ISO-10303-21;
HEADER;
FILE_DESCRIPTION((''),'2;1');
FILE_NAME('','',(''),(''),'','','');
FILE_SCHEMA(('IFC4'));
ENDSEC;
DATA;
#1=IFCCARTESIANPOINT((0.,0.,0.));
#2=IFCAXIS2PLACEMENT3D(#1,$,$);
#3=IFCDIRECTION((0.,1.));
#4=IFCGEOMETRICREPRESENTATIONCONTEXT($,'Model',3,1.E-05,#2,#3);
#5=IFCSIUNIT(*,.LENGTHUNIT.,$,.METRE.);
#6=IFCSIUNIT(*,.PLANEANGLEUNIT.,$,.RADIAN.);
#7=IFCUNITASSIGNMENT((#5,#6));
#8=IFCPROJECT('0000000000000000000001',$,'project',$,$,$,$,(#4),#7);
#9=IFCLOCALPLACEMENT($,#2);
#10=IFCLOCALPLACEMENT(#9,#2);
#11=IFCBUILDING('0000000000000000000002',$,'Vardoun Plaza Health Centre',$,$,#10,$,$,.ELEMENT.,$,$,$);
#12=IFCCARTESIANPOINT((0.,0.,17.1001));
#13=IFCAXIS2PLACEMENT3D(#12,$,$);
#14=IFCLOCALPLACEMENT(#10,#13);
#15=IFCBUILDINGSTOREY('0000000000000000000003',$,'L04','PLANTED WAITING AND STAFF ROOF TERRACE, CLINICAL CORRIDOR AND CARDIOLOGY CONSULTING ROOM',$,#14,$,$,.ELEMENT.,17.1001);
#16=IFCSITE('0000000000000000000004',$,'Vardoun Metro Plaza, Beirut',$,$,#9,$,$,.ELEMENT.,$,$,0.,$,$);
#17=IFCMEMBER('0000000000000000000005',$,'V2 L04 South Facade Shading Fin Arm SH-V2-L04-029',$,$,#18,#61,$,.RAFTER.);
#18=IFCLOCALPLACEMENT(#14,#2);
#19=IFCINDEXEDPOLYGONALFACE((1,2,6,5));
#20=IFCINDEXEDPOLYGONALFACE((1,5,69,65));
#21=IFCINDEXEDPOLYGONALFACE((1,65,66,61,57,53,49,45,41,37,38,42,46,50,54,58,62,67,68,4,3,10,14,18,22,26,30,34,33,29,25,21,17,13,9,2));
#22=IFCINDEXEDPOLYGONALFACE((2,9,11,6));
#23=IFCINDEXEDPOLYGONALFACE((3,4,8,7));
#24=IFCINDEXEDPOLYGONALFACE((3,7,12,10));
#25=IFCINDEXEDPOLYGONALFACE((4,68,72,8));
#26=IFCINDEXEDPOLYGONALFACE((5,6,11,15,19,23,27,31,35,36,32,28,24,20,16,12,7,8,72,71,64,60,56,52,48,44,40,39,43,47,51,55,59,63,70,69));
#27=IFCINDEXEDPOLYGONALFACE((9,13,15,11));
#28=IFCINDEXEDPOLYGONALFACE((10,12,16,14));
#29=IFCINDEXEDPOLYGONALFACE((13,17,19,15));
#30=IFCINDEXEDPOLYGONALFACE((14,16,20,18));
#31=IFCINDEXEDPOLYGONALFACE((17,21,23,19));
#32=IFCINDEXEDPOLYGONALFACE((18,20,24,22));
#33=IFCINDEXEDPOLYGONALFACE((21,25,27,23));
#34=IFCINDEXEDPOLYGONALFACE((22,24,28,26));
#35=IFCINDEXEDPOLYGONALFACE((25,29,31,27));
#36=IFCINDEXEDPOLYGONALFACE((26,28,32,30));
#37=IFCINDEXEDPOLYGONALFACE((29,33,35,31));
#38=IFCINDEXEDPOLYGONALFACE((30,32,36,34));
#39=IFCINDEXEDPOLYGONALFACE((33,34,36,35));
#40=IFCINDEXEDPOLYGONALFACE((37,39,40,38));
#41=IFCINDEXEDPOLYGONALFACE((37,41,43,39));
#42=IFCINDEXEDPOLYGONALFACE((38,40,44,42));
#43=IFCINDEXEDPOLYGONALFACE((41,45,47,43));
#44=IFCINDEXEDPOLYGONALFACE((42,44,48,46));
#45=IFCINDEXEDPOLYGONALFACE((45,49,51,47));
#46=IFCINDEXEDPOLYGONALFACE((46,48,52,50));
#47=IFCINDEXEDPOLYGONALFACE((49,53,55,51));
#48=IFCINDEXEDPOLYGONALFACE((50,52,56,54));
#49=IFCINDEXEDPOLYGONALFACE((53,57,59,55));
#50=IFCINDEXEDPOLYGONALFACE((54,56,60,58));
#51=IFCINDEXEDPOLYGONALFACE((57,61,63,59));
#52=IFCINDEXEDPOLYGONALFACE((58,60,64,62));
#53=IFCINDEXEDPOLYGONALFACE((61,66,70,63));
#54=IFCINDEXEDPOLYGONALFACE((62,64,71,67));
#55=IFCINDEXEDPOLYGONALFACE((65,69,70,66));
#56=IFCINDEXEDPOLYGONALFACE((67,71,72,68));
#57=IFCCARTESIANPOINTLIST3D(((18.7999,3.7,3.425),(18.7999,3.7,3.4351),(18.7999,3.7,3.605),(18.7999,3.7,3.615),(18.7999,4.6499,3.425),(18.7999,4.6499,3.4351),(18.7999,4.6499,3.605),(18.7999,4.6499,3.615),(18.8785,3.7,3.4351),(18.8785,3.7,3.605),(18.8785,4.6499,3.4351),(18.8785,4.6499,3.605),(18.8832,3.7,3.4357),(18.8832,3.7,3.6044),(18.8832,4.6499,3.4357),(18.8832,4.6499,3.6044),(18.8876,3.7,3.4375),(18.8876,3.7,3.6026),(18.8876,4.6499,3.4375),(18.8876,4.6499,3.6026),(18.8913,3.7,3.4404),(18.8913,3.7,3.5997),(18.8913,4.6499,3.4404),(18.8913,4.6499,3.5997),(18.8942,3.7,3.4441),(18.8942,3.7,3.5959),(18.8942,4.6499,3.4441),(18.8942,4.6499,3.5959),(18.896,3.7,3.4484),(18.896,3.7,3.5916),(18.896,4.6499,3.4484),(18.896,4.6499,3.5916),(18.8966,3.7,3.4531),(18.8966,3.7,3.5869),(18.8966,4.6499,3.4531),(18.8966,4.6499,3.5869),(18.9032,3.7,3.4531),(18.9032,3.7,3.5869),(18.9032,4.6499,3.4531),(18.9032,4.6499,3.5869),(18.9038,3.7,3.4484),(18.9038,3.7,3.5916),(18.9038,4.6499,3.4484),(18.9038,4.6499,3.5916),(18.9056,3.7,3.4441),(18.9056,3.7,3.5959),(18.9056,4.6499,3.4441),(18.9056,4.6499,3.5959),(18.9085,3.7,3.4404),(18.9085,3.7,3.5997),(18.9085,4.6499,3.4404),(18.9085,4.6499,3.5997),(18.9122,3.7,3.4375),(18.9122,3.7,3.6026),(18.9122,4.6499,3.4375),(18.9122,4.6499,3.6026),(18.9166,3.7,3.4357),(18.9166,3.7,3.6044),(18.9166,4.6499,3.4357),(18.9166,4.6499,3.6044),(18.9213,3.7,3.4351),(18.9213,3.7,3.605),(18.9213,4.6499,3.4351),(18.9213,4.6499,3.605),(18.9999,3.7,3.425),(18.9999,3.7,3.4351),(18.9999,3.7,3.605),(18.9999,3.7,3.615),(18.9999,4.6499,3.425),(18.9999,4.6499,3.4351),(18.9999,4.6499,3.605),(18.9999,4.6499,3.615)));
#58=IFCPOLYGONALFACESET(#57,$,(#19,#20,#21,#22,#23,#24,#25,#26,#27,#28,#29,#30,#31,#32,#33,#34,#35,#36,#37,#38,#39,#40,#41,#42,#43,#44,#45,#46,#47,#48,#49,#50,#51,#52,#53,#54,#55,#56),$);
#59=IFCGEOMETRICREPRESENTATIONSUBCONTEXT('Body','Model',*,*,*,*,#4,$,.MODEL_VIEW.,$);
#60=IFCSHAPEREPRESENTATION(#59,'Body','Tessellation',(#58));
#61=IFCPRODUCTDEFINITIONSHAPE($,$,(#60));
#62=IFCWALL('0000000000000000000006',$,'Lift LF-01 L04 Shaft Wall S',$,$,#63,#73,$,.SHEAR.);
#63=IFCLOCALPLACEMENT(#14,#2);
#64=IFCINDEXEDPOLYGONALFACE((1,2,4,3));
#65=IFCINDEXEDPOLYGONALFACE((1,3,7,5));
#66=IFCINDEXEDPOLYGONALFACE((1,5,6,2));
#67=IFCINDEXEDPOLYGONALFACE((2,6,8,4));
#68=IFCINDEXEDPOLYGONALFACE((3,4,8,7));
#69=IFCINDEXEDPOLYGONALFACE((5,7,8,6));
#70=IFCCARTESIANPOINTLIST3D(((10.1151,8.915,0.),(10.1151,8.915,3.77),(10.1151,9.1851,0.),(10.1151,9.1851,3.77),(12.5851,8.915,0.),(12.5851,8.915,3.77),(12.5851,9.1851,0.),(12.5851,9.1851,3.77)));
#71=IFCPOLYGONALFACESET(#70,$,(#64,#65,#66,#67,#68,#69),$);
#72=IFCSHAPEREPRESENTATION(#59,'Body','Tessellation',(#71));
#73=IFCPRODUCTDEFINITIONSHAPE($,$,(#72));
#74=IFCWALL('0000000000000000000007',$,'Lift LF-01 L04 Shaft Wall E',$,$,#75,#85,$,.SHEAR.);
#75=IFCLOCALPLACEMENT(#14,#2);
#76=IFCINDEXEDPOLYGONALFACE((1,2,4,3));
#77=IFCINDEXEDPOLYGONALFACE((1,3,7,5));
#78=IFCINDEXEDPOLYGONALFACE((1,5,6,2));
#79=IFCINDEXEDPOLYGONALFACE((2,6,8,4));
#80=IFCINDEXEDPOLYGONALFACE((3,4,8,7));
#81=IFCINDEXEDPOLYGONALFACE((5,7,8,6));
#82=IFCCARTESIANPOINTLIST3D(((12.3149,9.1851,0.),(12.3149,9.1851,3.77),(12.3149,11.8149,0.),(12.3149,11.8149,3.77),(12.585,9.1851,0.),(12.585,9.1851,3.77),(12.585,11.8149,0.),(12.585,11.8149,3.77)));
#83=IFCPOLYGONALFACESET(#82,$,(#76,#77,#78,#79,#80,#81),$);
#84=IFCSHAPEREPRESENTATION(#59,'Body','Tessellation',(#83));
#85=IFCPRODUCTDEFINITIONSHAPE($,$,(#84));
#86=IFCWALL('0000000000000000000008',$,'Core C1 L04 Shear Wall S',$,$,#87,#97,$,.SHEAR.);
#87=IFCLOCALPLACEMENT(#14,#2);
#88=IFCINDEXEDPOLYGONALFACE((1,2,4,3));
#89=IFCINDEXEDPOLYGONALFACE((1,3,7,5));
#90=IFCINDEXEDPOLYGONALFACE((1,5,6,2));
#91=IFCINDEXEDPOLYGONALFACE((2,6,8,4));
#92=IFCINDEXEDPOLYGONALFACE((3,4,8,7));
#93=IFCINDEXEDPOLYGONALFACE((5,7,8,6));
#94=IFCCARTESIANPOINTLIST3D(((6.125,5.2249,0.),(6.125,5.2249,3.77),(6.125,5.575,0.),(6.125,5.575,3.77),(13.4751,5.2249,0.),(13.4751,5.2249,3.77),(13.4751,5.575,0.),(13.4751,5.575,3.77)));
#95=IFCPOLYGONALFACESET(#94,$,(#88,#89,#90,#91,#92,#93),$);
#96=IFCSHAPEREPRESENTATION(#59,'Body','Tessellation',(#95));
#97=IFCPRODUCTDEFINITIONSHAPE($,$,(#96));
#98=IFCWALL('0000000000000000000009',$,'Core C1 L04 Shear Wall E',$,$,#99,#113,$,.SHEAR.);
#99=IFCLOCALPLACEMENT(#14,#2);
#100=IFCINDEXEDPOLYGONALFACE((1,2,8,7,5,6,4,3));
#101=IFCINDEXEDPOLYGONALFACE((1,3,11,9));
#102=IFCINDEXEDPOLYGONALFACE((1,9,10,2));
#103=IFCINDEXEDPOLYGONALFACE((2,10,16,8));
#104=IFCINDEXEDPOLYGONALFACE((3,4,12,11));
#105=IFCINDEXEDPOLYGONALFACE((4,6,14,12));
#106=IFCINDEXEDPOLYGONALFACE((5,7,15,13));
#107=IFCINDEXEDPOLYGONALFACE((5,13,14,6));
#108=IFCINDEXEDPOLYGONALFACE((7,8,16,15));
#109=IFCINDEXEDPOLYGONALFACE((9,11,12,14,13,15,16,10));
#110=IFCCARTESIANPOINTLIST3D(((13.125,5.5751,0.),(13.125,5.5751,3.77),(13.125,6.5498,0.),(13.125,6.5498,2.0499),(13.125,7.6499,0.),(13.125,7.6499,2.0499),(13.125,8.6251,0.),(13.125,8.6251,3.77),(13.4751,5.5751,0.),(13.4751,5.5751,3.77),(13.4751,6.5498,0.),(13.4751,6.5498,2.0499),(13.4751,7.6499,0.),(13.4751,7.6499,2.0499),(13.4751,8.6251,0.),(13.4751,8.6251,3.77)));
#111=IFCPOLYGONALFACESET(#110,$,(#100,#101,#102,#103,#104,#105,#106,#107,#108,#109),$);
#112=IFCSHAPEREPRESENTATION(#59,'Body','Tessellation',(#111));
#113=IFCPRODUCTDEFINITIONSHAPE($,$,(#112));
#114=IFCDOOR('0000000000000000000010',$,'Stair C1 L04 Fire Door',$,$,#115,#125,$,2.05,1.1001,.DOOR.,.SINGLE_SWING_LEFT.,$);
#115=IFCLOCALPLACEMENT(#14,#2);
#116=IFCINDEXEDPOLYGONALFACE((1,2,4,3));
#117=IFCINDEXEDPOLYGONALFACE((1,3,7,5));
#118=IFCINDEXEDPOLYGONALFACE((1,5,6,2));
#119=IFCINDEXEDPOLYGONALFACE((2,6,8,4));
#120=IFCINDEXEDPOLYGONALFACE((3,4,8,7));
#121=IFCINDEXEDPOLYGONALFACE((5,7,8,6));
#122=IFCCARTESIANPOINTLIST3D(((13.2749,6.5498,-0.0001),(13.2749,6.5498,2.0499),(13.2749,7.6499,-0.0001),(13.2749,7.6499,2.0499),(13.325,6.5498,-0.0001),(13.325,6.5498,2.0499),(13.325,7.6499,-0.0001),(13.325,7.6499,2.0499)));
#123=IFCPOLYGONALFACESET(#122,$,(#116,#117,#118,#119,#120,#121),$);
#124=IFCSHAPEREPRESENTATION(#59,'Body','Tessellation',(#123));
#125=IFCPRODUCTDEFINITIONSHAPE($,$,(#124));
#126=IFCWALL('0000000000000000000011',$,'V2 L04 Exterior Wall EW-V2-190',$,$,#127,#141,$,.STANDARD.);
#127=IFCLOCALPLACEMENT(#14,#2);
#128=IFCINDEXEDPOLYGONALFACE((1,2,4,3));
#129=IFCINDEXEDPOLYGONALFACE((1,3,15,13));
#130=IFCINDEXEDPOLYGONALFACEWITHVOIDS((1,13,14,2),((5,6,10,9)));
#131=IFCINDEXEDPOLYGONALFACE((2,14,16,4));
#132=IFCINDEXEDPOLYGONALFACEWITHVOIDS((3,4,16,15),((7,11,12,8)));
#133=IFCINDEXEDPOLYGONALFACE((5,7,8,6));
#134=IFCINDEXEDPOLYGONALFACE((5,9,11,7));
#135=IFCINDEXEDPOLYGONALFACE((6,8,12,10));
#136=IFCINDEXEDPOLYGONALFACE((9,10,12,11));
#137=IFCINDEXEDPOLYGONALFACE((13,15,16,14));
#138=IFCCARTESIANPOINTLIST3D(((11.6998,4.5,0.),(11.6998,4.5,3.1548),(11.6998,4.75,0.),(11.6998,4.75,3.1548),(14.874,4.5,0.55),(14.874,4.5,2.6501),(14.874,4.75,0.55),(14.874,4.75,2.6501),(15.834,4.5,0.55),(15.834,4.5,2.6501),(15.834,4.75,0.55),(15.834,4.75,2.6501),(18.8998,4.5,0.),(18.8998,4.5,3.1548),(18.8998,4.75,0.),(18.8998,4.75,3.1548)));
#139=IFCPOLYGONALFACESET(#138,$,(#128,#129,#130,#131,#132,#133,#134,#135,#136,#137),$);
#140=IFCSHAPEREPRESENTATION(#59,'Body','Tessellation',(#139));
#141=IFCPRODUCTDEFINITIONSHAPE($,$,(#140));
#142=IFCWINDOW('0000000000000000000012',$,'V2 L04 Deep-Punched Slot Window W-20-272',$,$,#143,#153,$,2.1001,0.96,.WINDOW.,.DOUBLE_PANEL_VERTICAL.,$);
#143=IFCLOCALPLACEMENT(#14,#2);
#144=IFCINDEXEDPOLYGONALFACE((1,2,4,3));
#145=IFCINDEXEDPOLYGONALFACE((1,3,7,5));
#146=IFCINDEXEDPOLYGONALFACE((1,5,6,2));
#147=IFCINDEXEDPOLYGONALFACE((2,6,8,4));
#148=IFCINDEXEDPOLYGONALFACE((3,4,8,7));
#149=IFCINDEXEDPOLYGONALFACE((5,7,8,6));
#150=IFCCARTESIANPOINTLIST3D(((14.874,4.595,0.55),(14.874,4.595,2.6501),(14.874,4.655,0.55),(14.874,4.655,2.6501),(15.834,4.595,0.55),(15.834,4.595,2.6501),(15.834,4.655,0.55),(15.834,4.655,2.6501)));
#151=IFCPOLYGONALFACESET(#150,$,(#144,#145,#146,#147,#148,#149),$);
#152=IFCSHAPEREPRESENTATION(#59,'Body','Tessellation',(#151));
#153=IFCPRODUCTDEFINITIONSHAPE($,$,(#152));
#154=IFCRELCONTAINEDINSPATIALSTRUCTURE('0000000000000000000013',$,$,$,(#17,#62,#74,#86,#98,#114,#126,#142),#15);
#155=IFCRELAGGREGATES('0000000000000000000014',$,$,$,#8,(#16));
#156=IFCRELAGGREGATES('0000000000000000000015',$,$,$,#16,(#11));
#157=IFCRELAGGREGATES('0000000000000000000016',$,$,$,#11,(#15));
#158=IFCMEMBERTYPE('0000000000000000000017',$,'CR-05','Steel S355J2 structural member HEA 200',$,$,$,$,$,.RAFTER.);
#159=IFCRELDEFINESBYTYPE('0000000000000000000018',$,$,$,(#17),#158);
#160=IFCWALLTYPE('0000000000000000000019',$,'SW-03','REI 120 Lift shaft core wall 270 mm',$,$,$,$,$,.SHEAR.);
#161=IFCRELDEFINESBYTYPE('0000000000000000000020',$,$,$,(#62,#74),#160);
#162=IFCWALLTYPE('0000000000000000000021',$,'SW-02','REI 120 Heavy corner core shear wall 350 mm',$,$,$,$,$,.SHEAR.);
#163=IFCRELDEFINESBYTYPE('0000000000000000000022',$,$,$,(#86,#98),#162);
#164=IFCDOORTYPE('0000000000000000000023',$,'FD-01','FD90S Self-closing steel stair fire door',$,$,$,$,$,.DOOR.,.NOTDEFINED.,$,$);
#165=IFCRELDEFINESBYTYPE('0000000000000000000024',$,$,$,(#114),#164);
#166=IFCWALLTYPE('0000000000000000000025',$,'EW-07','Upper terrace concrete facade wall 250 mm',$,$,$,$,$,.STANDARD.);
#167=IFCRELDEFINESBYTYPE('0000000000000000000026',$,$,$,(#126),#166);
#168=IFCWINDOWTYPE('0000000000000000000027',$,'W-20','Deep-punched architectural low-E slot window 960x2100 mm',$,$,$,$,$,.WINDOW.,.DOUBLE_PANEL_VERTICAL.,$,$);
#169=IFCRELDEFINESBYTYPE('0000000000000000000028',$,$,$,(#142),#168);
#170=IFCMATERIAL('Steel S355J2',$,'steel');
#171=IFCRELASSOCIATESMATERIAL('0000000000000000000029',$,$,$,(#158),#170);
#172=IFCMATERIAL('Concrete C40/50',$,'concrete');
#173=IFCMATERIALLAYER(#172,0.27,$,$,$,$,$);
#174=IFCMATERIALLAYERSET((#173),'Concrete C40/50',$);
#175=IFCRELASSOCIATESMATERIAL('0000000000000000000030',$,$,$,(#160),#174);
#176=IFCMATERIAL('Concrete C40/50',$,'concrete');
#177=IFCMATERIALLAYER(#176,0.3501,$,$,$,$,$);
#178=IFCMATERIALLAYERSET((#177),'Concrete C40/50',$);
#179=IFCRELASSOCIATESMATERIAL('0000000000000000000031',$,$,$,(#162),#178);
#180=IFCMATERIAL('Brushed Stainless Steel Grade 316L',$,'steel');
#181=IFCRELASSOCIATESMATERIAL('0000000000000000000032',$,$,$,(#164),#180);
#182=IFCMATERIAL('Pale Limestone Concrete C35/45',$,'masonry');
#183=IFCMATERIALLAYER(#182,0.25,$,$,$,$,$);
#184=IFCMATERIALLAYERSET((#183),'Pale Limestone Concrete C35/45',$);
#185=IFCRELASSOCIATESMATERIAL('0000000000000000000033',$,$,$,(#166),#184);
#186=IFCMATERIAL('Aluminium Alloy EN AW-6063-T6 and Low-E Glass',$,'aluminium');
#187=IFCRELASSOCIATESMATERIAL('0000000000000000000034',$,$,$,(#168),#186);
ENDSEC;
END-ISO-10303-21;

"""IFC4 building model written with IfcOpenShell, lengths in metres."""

from ifc_helpers import new_model, si_unit, direction, frame, frame_2d, origin, origin_2d, place, context, subcontext, project, spatial, rectangle, i_section, extrude, material, layer, layer_set, material_profile, profile_set, type_object, element, fill, save


model = new_model("IFC4")

# Units and contexts
model_context = context("Model", 3, precision=1e-05, world=origin(), true_north=direction((0.0, 1.0)))
body_context = subcontext(model_context, "Body", "Model", "MODEL_VIEW")
ifc_project = project(units=[si_unit("LENGTHUNIT", "METRE"), si_unit("PLANEANGLEUNIT", "RADIAN")], contexts=[model_context])

# Site, building, storey
site_placement = place(None, origin())
site = spatial("IfcSite", under=ifc_project, at=site_placement, Name="Vardoun Metro Plaza, Beirut", CompositionType="ELEMENT", RefElevation=0.0)
building_placement = place(site_placement, origin())
building = spatial("IfcBuilding", under=site, at=building_placement, Name="Vardoun Plaza Health Centre", CompositionType="ELEMENT")
storey_placement = place(building_placement, frame((0.0, 0.0, 17.1001)))
storey = spatial("IfcBuildingStorey", under=building, at=storey_placement, Name="L04", Description="PLANTED WAITING AND STAFF ROOF TERRACE, CLINICAL CORRIDOR AND CARDIOLOGY CONSULTING ROOM", CompositionType="ELEMENT", Elevation=17.1001)

# Member
ifc_material_1 = material(Name="Steel S355J2", Category="steel")
ifc_material_profile_1 = material_profile(ifc_material_1, i_section(OverallWidth=0.2, OverallDepth=0.1899, WebThickness=0.0066, FlangeThickness=0.01, FilletRadius=0.0181, at=origin_2d()), Name="HEA 200")
ifc_profile_set_1 = profile_set([ifc_material_profile_1], Name="Steel S355J2")
member_type = type_object("IfcMemberType", Name="CR-05", Description="Steel S355J2 structural member HEA 200", PredefinedType="RAFTER", material=ifc_profile_set_1)
member_placement = place(storey_placement, frame((18.8999, 4.6499, 3.52), z_axis=(0.0, -1.0, 0.0), x_axis=(1.0, 0.0, 0.0)))
element("IfcMember", 1, at=member_placement, inside=storey, type_object=member_type, Name="V2 L04 South Facade Shading Fin Arm SH-V2-L04-029", PredefinedType="RAFTER", context=body_context, shape_type="SweptSolid", body=[
    extrude(i_section(OverallWidth=0.2, OverallDepth=0.1899, WebThickness=0.0066, FlangeThickness=0.01, FilletRadius=0.0181, at=origin_2d()), origin(), (0.0, 0.0, 1.0), 0.95),
])

# Walls
ifc_material_2 = material(Name="Concrete C40/50", Category="concrete")
ifc_layer_1 = layer(ifc_material_2, 0.27)
ifc_layer_set_1 = layer_set([ifc_layer_1], Name="Concrete C40/50")
wall_type_1 = type_object("IfcWallType", Name="SW-03", Description="REI 120 Lift shaft core wall 270 mm", PredefinedType="SHEAR", material=ifc_layer_set_1)
wall_1_placement = place(storey_placement, frame((12.585, 9.05, 0.0), z_axis=(0.0, 0.0, 1.0), x_axis=(-1.0, 0.0, 0.0)))
element("IfcWall", 2, at=wall_1_placement, inside=storey, type_object=wall_type_1, Name="Lift LF-01 L04 Shaft Wall S", PredefinedType="SHEAR", context=body_context, shape_type="SweptSolid", body=[
    extrude(rectangle(XDim=2.47, YDim=0.27, at=frame_2d((1.2349, 0.0))), origin(), (0.0, 0.0, 1.0), 3.77),
])
wall_2_placement = place(storey_placement, frame((12.45, 11.8149, 0.0), z_axis=(0.0, 0.0, 1.0), x_axis=(0.0, -1.0, 0.0)))
element("IfcWall", 3, at=wall_2_placement, inside=storey, type_object=wall_type_1, Name="Lift LF-01 L04 Shaft Wall E", PredefinedType="SHEAR", context=body_context, shape_type="SweptSolid", body=[
    extrude(rectangle(XDim=2.6299, YDim=0.27, at=frame_2d((1.3149, 0.0))), origin(), (0.0, 0.0, 1.0), 3.77),
])
ifc_material_3 = material(Name="Concrete C40/50", Category="concrete")
ifc_layer_2 = layer(ifc_material_3, 0.3501)
ifc_layer_set_2 = layer_set([ifc_layer_2], Name="Concrete C40/50")
wall_type_2 = type_object("IfcWallType", Name="SW-02", Description="REI 120 Heavy corner core shear wall 350 mm", PredefinedType="SHEAR", material=ifc_layer_set_2)
wall_3_placement = place(storey_placement, frame((13.4751, 5.3999, 0.0), z_axis=(0.0, 0.0, 1.0), x_axis=(-1.0, 0.0, 0.0)))
element("IfcWall", 4, at=wall_3_placement, inside=storey, type_object=wall_type_2, Name="Core C1 L04 Shear Wall S", PredefinedType="SHEAR", context=body_context, shape_type="SweptSolid", body=[
    extrude(rectangle(XDim=7.3501, YDim=0.3501, at=frame_2d((3.675, 0.0))), origin(), (0.0, 0.0, 1.0), 3.77),
])

# Wall, opening, door
wall_4_placement = place(storey_placement, frame((13.3, 8.625, 0.0), z_axis=(0.0, 0.0, 1.0), x_axis=(0.0, -1.0, 0.0)))
wall_4 = element("IfcWall", 5, at=wall_4_placement, inside=storey, type_object=wall_type_2, Name="Core C1 L04 Shear Wall E", PredefinedType="SHEAR", context=body_context, shape_type="SweptSolid", body=[
    extrude(rectangle(XDim=3.05, YDim=0.3501, at=frame_2d((1.5249, 0.0))), origin(), (0.0, 0.0, 1.0), 3.77),
])
opening_1_placement = place(wall_4_placement, frame((0.9751, 0.0, 0.0)))
opening_1 = element("IfcOpeningElement", 6, at=opening_1_placement, cuts=wall_4, PredefinedType="OPENING", context=body_context, shape_type="SweptSolid", body=[
    extrude(rectangle(XDim=1.1001, YDim=2.05, at=frame_2d((0.55, 1.0249))), frame((0.0, 0.175, 0.0), z_axis=(0.0, -1.0, 0.0), x_axis=(1.0, 0.0, 0.0)), (0.0, 0.0, 1.0), 0.3501),
])
ifc_material_4 = material(Name="Brushed Stainless Steel Grade 316L", Category="steel")
door_type_1 = type_object("IfcDoorType", Name="FD-01", Description="FD90S Self-closing steel stair fire door", OperationType="NOTDEFINED", PredefinedType="DOOR", material=ifc_material_4)
door_1_placement = place(opening_1_placement, origin())
door_1 = element("IfcDoor", 7, at=door_1_placement, inside=storey, type_object=door_type_1, Name="Stair C1 L04 Fire Door", OperationType="SINGLE_SWING_LEFT", OverallHeight=2.05, OverallWidth=1.1001, PredefinedType="DOOR", context=body_context, shape_type="SweptSolid", body=[
    extrude(rectangle(XDim=1.1001, YDim=2.05, at=frame_2d((0.55, 1.0249))), frame((0.0, 0.0249, 0.0), z_axis=(0.0, -1.0, 0.0), x_axis=(1.0, 0.0, 0.0)), (0.0, 0.0, 1.0), 0.05),
])
fill(opening_1, door_1)

# Wall, opening, window
ifc_material_5 = material(Name="Pale Limestone Concrete C35/45", Category="masonry")
ifc_layer_3 = layer(ifc_material_5, 0.25)
ifc_layer_set_3 = layer_set([ifc_layer_3], Name="Pale Limestone Concrete C35/45")
wall_type_3 = type_object("IfcWallType", Name="EW-07", Description="Upper terrace concrete facade wall 250 mm", PredefinedType="STANDARD", material=ifc_layer_set_3)
wall_5_placement = place(storey_placement, frame((18.8999, 4.625, 0.0), z_axis=(0.0, 0.0, 1.0), x_axis=(-1.0, 0.0, 0.0)))
wall_5 = element("IfcWall", 8, at=wall_5_placement, inside=storey, type_object=wall_type_3, Name="V2 L04 Exterior Wall EW-V2-190", PredefinedType="STANDARD", context=body_context, shape_type="SweptSolid", body=[
    extrude(rectangle(XDim=7.2, YDim=0.25, at=frame_2d((3.6001, 0.0))), origin(), (0.0, 0.0, 1.0), 3.1548),
])
opening_2_placement = place(wall_5_placement, frame((3.0659, 0.0, 0.55)))
opening_2 = element("IfcOpeningElement", 9, at=opening_2_placement, cuts=wall_5, PredefinedType="OPENING", context=body_context, shape_type="SweptSolid", body=[
    extrude(rectangle(XDim=0.96, YDim=2.1001, at=frame_2d((0.48, 1.05))), frame((0.0, 0.125, 0.0), z_axis=(0.0, -1.0, 0.0), x_axis=(1.0, 0.0, 0.0)), (0.0, 0.0, 1.0), 0.25),
])
ifc_material_6 = material(Name="Aluminium Alloy EN AW-6063-T6 and Low-E Glass", Category="aluminium")
window_type = type_object("IfcWindowType", Name="W-20", Description="Deep-punched architectural low-E slot window 960x2100 mm", PartitioningType="DOUBLE_PANEL_VERTICAL", PredefinedType="WINDOW", material=ifc_material_6)
window_placement = place(opening_2_placement, origin())
window = element("IfcWindow", 10, at=window_placement, inside=storey, type_object=window_type, Name="V2 L04 Deep-Punched Slot Window W-20-272", OverallHeight=2.1001, OverallWidth=0.96, PartitioningType="DOUBLE_PANEL_VERTICAL", PredefinedType="WINDOW", context=body_context, shape_type="SweptSolid", body=[
    extrude(rectangle(XDim=0.96, YDim=2.1001, at=frame_2d((0.48, 1.05))), frame((0.0, 0.03, 0.0), z_axis=(0.0, -1.0, 0.0), x_axis=(1.0, 0.0, 0.0)), (0.0, 0.0, 1.0), 0.0601),
])
fill(opening_2, window)

save(model, "model.ifc")
